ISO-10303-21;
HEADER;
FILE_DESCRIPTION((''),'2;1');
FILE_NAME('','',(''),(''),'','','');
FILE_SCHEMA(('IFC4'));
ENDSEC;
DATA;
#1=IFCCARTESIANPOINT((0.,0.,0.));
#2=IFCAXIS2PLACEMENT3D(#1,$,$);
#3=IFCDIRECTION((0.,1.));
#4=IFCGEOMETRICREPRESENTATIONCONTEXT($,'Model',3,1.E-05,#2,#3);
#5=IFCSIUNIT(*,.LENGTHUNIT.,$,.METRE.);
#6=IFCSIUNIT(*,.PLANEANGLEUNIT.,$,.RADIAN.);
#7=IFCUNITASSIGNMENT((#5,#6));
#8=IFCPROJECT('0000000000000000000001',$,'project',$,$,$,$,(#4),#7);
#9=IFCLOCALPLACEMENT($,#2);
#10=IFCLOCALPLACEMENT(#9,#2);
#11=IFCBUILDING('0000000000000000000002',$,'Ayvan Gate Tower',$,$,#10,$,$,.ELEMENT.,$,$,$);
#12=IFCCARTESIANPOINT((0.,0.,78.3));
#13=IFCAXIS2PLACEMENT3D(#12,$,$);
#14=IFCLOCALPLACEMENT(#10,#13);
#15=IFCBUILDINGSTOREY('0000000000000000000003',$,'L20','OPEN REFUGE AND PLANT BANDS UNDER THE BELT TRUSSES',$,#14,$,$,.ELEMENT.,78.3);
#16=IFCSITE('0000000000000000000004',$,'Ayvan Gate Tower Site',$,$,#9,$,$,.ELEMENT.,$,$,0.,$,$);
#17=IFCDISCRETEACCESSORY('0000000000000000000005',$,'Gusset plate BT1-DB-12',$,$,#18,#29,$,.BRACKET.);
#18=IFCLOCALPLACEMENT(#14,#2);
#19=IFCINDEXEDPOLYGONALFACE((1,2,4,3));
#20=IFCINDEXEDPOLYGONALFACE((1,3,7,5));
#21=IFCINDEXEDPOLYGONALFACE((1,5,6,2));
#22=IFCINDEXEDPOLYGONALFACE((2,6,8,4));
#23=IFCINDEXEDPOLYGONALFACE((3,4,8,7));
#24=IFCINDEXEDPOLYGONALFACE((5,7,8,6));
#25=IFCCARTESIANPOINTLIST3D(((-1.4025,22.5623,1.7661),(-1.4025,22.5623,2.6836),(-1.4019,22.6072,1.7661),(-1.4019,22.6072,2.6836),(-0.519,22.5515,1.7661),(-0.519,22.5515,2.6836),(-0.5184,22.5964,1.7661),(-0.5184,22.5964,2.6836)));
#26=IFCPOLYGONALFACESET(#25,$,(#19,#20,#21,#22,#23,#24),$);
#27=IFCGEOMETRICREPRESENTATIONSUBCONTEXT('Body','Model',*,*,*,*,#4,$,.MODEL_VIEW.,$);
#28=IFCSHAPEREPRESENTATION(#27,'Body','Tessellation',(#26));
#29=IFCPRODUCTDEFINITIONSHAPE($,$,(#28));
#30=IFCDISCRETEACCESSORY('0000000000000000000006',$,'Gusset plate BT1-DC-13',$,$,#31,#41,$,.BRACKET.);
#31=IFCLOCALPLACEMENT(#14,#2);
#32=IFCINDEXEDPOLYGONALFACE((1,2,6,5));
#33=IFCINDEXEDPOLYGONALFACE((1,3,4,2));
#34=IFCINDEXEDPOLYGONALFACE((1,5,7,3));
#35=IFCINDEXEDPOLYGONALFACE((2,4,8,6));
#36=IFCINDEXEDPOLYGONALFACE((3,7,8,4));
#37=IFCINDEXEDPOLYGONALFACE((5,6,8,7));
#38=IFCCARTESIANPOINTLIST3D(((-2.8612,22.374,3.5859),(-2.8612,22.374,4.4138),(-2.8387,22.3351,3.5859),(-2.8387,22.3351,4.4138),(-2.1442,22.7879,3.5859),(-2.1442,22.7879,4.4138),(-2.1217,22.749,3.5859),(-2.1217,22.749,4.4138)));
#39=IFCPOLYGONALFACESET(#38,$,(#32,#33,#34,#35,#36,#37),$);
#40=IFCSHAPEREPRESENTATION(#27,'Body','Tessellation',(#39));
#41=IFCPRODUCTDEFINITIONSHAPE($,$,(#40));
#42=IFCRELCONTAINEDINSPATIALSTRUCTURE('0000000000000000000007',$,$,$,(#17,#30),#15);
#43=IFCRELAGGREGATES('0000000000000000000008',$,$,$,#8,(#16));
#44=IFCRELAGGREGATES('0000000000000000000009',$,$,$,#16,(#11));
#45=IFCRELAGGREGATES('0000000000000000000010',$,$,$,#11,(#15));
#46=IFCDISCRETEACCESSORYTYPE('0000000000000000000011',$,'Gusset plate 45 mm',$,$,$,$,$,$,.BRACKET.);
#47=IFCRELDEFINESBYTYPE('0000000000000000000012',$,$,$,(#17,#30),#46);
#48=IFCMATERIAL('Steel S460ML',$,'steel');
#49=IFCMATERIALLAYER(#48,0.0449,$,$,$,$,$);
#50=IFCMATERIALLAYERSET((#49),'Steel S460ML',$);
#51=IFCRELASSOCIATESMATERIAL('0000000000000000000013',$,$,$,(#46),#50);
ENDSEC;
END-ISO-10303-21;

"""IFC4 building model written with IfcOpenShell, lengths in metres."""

from ifc_helpers import new_model, si_unit, direction, frame, origin, origin_2d, place, context, subcontext, project, spatial, rectangle, extrude, material, layer, layer_set, type_object, element, save


model = new_model("IFC4")

# Units and contexts
model_context = context("Model", 3, precision=1e-05, world=origin(), true_north=direction((0.0, 1.0)))
body_context = subcontext(model_context, "Body", "Model", "MODEL_VIEW")
ifc_project = project(units=[si_unit("LENGTHUNIT", "METRE"), si_unit("PLANEANGLEUNIT", "RADIAN")], contexts=[model_context])

# Site, building, storey
site_placement = place(None, origin())
site = spatial("IfcSite", under=ifc_project, at=site_placement, Name="Ayvan Gate Tower Site", CompositionType="ELEMENT", RefElevation=0.0)
building_placement = place(site_placement, origin())
building = spatial("IfcBuilding", under=site, at=building_placement, Name="Ayvan Gate Tower", CompositionType="ELEMENT")
storey_placement = place(building_placement, frame((0.0, 0.0, 78.3)))
storey = spatial("IfcBuildingStorey", under=building, at=storey_placement, Name="L20", Description="OPEN REFUGE AND PLANT BANDS UNDER THE BELT TRUSSES", CompositionType="ELEMENT", Elevation=78.3)

# Shared definitions
ifc_material_1 = material(Name="Steel S460ML", Category="steel")

# Discrete accessories
ifc_layer_1 = layer(ifc_material_1, 0.0449)
ifc_layer_set_1 = layer_set([ifc_layer_1], Name="Steel S460ML")
discrete_accessory_type_1 = type_object("IfcDiscreteAccessoryType", Name="Gusset plate 45 mm", PredefinedType="BRACKET", material=ifc_layer_set_1)
discrete_accessory_1_placement = place(storey_placement, frame((-0.9604, 22.5793, 1.7661), z_axis=(0.0, 0.0, 1.0), x_axis=(-0.999926, 0.012175, 0.0)))
element("IfcDiscreteAccessory", 1, at=discrete_accessory_1_placement, inside=storey, type_object=discrete_accessory_type_1, Name="Gusset plate BT1-DB-12", PredefinedType="BRACKET", context=body_context, shape_type="SweptSolid", body=[
    extrude(rectangle(XDim=0.8835, YDim=0.0449, at=origin_2d()), origin(), (0.0, 0.0, 1.0), 0.9175),
])
discrete_accessory_2_placement = place(storey_placement, frame((-2.4915, 22.5615, 3.5859), z_axis=(0.0, 0.0, 1.0), x_axis=(0.866025, 0.5, 0.0)))
element("IfcDiscreteAccessory", 2, at=discrete_accessory_2_placement, inside=storey, type_object=discrete_accessory_type_1, Name="Gusset plate BT1-DC-13", PredefinedType="BRACKET", context=body_context, shape_type="SweptSolid", body=[
    extrude(rectangle(XDim=0.8279, YDim=0.0449, at=origin_2d()), origin(), (0.0, 0.0, 1.0), 0.8279),
])

save(model, "model.ifc")
